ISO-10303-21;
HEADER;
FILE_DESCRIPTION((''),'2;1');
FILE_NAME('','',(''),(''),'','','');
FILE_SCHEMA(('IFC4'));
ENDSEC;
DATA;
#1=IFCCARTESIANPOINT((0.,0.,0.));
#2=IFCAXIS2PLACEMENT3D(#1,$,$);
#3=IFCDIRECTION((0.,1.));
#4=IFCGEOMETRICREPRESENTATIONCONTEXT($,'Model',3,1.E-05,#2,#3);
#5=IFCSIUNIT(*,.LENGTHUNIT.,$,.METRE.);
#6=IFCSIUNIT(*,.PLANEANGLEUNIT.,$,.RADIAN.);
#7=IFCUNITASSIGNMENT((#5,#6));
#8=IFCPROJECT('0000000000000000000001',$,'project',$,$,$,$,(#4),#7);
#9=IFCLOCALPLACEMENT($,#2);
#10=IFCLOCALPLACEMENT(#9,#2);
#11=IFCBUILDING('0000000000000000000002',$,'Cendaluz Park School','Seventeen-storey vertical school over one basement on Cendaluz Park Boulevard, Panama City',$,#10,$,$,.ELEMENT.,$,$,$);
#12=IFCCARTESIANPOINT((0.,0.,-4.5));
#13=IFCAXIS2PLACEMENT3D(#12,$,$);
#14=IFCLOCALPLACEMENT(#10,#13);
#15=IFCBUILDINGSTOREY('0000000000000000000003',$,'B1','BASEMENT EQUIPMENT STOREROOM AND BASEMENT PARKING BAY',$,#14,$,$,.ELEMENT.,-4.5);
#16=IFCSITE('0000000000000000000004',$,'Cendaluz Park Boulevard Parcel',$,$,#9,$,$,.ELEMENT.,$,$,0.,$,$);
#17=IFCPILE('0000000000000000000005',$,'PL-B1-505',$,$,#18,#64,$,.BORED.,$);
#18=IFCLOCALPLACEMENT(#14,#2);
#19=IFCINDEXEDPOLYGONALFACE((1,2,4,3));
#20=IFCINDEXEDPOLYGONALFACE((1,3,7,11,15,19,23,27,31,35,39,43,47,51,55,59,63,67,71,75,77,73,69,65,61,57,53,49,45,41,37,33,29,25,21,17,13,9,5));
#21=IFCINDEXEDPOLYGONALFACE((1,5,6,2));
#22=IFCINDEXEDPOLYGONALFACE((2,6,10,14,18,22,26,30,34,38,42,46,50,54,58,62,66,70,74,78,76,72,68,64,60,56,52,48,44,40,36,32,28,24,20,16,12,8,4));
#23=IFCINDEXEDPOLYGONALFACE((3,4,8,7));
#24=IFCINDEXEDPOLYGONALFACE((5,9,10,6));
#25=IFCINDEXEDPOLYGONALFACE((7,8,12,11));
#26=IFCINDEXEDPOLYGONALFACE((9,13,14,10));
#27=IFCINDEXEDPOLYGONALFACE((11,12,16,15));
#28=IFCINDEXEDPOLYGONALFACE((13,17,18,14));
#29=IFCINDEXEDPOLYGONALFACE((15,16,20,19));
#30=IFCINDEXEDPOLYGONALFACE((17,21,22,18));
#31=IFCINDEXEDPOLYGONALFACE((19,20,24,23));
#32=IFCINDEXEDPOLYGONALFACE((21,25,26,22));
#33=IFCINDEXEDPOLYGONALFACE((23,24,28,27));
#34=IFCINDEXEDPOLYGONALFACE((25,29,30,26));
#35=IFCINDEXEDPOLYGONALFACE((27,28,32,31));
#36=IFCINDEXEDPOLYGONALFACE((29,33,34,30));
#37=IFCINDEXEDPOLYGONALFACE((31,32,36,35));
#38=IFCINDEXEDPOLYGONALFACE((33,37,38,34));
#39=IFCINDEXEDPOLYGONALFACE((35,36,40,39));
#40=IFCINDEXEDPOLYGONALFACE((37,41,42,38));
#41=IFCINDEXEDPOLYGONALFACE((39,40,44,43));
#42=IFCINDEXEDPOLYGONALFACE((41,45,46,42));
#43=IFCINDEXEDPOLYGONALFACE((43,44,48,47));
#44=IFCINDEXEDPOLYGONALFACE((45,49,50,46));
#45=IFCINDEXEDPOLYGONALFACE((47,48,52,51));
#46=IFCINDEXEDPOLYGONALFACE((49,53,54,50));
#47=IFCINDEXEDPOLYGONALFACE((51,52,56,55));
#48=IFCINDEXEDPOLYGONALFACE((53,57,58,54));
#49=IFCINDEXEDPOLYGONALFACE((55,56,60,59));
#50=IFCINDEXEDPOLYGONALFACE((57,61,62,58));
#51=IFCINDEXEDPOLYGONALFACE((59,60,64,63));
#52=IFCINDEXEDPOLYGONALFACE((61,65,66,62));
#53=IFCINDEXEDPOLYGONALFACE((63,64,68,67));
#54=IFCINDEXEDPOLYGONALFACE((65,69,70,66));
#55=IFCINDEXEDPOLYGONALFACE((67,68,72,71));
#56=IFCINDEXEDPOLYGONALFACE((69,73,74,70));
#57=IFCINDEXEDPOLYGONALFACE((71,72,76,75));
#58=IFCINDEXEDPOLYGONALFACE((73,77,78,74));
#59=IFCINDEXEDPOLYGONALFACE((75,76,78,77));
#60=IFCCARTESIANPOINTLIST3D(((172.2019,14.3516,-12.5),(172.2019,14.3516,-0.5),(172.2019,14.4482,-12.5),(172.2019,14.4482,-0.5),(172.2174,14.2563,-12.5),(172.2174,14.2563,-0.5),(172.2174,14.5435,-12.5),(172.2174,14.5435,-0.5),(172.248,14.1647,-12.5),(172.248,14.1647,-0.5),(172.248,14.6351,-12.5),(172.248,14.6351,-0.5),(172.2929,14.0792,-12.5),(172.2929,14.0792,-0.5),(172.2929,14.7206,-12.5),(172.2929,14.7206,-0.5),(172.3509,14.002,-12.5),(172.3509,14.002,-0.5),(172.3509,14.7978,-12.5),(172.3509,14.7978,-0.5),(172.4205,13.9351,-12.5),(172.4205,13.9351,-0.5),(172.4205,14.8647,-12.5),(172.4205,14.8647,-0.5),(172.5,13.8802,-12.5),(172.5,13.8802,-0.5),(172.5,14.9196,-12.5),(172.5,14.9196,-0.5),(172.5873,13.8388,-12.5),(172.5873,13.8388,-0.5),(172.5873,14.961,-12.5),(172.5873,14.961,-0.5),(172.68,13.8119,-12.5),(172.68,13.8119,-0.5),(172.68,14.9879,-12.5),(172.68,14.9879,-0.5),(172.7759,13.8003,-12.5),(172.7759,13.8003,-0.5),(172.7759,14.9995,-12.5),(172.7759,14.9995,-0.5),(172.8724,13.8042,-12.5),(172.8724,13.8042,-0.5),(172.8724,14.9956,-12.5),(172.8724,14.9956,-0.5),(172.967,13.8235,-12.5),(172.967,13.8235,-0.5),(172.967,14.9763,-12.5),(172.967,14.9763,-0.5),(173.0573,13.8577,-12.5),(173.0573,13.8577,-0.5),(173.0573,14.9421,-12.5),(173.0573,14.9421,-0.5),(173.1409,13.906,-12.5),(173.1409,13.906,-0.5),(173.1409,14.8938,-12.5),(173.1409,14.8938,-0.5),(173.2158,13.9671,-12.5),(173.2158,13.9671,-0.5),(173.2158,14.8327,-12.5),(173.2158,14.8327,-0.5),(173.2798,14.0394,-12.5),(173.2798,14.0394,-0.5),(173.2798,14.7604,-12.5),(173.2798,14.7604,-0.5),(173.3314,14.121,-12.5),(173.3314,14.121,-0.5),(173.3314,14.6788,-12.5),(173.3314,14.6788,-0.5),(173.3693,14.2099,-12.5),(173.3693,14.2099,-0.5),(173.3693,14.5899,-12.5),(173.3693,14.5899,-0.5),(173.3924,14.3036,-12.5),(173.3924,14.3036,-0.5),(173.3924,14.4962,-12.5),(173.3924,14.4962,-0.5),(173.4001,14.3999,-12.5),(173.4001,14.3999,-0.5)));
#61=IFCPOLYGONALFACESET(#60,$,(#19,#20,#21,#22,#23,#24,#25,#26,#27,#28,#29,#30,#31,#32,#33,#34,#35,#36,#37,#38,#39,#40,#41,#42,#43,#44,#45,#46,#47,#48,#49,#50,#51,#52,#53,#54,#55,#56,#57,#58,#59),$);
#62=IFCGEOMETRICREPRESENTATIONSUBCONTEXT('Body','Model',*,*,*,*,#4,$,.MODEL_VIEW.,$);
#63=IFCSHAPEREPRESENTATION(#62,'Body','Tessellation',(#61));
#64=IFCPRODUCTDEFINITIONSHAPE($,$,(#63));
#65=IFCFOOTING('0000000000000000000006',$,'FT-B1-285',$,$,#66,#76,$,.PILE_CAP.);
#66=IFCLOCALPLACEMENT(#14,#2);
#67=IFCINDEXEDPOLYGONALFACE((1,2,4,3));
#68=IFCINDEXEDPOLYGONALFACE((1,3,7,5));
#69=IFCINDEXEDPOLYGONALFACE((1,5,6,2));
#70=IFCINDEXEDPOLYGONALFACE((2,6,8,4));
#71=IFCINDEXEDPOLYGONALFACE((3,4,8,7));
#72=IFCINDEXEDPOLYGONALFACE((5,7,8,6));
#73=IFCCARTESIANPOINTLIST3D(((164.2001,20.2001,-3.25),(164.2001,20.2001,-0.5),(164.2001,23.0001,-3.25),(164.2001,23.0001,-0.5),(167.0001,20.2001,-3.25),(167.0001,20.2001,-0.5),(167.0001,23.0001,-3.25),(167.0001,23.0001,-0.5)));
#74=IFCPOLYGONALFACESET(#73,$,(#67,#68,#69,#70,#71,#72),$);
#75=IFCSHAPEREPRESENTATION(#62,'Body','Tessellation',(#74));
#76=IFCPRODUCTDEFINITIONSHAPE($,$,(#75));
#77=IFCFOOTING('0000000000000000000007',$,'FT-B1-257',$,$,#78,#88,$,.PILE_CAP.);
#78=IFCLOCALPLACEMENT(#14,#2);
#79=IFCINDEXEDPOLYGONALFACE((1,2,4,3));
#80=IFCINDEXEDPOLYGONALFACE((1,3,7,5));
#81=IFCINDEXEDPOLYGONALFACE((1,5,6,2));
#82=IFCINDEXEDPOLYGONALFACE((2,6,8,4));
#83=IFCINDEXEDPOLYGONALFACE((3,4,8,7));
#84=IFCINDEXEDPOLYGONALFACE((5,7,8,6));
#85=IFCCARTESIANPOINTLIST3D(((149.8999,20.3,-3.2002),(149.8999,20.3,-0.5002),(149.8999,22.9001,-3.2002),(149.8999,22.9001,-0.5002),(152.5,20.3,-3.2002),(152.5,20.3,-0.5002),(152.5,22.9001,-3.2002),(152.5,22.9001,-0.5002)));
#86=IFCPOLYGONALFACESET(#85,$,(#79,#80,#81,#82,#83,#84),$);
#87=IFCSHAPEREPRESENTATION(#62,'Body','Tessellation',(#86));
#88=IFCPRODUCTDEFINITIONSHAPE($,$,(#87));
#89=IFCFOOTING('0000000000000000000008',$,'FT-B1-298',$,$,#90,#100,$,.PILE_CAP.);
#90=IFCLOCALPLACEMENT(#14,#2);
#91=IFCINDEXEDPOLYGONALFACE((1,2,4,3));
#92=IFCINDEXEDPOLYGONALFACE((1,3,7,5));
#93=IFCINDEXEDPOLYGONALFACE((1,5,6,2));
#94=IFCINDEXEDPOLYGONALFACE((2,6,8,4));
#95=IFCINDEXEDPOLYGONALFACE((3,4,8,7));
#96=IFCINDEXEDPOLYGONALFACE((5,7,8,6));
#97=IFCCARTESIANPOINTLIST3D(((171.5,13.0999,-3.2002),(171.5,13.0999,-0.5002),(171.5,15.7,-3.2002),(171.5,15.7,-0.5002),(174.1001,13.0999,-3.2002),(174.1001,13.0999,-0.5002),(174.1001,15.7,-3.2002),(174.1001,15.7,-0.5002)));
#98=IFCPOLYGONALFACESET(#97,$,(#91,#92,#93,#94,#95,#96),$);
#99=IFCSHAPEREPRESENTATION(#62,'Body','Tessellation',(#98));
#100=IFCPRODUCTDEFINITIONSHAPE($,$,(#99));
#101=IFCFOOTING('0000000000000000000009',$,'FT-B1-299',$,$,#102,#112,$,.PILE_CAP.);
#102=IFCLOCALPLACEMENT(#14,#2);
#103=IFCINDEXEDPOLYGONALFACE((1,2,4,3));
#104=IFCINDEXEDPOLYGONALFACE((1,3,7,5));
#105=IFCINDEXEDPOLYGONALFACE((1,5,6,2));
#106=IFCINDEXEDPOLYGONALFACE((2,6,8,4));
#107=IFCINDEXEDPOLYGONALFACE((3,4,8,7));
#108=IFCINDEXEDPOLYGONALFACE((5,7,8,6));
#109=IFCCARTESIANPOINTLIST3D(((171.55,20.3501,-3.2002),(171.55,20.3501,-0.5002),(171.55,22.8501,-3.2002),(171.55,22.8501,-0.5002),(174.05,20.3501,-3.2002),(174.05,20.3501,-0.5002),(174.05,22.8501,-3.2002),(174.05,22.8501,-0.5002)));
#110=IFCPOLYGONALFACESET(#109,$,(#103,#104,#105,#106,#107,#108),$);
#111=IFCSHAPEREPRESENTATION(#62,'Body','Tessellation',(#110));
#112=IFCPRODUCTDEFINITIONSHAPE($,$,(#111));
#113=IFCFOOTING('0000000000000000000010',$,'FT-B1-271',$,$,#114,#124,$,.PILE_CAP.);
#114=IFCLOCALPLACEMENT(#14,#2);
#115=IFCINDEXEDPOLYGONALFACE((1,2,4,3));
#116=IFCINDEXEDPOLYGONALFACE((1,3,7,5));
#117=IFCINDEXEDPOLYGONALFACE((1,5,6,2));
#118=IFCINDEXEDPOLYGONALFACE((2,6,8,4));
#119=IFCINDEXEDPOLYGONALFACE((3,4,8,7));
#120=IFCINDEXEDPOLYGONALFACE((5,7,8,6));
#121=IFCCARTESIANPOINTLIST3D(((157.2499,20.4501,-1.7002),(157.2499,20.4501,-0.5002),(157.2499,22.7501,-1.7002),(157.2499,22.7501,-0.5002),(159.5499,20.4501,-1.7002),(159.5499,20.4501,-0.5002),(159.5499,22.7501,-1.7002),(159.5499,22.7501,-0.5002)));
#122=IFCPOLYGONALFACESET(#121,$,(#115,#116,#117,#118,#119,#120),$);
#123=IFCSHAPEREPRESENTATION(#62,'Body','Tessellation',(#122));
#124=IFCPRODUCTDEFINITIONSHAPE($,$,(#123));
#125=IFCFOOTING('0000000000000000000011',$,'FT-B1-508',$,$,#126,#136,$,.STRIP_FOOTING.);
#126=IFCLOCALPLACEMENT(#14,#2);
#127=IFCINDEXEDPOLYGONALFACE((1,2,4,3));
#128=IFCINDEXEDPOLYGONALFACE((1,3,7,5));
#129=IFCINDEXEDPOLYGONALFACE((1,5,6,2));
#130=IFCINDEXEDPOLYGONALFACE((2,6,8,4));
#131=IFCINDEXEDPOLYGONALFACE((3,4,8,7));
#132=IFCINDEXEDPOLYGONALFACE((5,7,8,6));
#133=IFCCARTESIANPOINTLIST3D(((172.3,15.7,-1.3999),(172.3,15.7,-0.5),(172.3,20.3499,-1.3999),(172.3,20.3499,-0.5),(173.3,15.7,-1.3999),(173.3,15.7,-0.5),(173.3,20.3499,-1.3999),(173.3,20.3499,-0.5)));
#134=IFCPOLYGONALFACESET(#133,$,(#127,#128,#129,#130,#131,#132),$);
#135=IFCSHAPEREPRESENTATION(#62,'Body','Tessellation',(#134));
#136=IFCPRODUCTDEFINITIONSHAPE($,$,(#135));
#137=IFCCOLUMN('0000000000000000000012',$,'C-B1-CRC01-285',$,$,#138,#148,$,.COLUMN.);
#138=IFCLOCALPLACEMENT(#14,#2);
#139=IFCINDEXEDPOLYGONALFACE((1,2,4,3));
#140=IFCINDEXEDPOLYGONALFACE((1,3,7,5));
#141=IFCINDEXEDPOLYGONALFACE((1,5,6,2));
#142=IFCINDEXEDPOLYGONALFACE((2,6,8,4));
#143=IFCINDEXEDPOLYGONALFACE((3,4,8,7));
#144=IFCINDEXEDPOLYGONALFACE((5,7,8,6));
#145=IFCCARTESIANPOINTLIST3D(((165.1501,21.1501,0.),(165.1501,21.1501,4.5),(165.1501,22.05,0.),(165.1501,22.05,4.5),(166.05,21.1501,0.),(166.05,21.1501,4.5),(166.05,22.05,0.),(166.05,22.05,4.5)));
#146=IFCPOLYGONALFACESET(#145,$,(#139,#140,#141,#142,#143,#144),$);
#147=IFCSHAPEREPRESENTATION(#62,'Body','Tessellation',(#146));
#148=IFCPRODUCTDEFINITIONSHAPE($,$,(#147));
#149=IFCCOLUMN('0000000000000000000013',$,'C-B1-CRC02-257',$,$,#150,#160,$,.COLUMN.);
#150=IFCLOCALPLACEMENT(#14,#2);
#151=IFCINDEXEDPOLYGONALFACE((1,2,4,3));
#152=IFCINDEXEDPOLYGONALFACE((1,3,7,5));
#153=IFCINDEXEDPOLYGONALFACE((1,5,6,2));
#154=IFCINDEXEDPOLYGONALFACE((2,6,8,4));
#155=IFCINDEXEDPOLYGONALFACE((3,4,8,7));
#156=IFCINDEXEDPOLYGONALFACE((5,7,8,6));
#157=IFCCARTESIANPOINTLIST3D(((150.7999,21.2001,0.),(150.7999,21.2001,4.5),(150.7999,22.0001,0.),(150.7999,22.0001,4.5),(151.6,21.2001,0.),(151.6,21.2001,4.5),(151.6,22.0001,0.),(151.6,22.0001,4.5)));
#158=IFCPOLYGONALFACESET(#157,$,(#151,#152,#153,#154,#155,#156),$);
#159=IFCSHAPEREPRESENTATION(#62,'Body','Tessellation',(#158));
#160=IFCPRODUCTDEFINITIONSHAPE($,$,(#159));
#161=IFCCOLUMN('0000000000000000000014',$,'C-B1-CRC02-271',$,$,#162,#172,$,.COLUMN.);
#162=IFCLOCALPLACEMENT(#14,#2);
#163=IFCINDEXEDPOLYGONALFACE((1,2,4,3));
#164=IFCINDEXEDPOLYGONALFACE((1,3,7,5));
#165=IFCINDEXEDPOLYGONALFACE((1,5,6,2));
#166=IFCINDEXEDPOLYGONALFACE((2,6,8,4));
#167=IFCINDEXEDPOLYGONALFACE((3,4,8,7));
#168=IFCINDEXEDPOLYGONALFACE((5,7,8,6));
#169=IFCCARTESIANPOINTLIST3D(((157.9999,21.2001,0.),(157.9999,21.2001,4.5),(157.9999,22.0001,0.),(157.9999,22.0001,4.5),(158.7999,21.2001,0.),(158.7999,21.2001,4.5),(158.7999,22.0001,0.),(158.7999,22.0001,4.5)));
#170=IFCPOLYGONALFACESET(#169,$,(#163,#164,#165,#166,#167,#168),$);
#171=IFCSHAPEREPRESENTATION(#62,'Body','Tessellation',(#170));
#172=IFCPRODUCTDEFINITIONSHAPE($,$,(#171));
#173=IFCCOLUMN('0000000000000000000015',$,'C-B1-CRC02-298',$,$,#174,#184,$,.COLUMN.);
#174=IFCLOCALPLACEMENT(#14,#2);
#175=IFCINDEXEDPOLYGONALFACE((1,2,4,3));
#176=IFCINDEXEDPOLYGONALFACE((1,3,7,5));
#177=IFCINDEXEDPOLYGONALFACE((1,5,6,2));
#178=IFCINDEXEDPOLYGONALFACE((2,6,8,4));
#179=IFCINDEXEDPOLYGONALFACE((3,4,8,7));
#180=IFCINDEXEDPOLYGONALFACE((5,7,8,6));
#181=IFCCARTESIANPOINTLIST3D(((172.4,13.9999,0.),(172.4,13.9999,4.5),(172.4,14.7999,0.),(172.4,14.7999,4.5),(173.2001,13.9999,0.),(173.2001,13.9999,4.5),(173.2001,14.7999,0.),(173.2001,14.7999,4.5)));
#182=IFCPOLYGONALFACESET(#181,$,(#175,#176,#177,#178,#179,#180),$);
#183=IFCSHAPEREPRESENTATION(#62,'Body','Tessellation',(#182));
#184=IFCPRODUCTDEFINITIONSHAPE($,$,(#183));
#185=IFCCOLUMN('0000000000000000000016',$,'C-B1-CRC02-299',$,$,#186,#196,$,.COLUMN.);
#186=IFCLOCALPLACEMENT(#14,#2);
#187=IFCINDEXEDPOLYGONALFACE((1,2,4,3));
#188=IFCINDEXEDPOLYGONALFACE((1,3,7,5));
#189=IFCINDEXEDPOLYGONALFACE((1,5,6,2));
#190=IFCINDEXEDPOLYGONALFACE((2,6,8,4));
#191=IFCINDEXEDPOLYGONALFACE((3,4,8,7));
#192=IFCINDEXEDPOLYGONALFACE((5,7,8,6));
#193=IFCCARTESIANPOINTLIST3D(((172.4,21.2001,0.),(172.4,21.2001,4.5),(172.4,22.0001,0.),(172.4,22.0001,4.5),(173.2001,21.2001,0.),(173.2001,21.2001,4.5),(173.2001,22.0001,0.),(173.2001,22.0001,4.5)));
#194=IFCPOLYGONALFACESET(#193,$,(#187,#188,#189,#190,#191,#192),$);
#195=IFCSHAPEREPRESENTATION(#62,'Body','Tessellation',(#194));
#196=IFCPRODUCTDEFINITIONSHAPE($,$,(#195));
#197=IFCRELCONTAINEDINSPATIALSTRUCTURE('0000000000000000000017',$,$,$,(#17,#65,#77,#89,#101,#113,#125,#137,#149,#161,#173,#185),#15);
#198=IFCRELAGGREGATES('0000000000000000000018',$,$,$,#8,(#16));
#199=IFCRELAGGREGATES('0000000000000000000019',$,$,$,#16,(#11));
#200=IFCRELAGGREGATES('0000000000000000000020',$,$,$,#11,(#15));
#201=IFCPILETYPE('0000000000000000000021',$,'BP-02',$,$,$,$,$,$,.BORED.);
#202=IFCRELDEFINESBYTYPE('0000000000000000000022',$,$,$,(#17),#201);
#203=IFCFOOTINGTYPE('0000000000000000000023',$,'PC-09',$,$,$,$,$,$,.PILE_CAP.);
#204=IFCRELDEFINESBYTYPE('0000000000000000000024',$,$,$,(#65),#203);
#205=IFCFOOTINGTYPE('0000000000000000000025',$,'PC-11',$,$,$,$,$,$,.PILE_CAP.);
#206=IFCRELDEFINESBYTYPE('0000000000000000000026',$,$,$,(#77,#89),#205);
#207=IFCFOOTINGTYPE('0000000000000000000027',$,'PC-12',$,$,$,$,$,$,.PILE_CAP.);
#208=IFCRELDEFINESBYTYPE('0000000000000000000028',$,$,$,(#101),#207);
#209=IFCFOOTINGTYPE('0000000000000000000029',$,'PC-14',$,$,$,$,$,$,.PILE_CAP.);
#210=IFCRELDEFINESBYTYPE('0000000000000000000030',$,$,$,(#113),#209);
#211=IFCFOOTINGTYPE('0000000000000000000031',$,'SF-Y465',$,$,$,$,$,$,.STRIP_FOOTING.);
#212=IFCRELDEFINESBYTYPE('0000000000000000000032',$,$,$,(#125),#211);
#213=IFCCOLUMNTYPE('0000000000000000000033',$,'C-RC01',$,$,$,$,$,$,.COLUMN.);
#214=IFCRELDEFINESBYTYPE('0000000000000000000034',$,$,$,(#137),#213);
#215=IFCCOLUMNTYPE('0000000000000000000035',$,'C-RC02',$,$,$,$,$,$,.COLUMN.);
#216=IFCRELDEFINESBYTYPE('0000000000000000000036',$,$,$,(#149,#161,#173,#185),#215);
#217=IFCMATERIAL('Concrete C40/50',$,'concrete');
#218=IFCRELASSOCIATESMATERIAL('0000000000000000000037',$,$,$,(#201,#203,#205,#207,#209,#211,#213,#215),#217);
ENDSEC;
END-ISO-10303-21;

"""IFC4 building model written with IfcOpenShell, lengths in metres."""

from ifc_helpers import new_model, si_unit, direction, frame, origin, origin_2d, place, context, subcontext, project, spatial, rectangle, circle, extrude, material, material_profile, profile_set, type_object, element, save


model = new_model("IFC4")

# Units and contexts
model_context = context("Model", 3, precision=1e-05, world=origin(), true_north=direction((0.0, 1.0)))
body_context = subcontext(model_context, "Body", "Model", "MODEL_VIEW")
ifc_project = project(units=[si_unit("LENGTHUNIT", "METRE"), si_unit("PLANEANGLEUNIT", "RADIAN")], contexts=[model_context])

# Site, building, storey
site_placement = place(None, origin())
site = spatial("IfcSite", under=ifc_project, at=site_placement, Name="Cendaluz Park Boulevard Parcel", CompositionType="ELEMENT", RefElevation=0.0)
building_placement = place(site_placement, origin())
building = spatial("IfcBuilding", under=site, at=building_placement, Name="Cendaluz Park School", Description="Seventeen-storey vertical school over one basement on Cendaluz Park Boulevard, Panama City", CompositionType="ELEMENT")
storey_placement = place(building_placement, frame((0.0, 0.0, -4.5)))
storey = spatial("IfcBuildingStorey", under=building, at=storey_placement, Name="B1", Description="BASEMENT EQUIPMENT STOREROOM AND BASEMENT PARKING BAY", CompositionType="ELEMENT", Elevation=-4.5)

# Pile
ifc_material_1 = material(Name="Concrete C40/50", Category="concrete")
ifc_material_profile_1 = material_profile(ifc_material_1, circle(Radius=0.6001, at=origin_2d()), Name="BP D1200", Category="concrete")
ifc_profile_set_1 = profile_set([ifc_material_profile_1], Name="Concrete C40/50")
pile_type_1 = type_object("IfcPileType", Name="BP-02", PredefinedType="BORED", material=ifc_profile_set_1)
for number, where, z_axis, x_axis, name in (
    (1, (172.8, 14.3999, -0.5), (0.0, 0.0, -1.0), (1.0, 0.0, 0.0), "PL-B1-505"),
):
    element("IfcPile", number, at=place(storey_placement, frame(where, z_axis=z_axis, x_axis=x_axis)), inside=storey, type_object=pile_type_1, Name=name, PredefinedType="BORED", context=body_context, shape_type="SweptSolid", body=[
        extrude(circle(Radius=0.6001, at=origin_2d()), origin(), (0.0, 0.0, 1.0), 12.0),
    ])

# Footings
footing_type_1 = type_object("IfcFootingType", Name="PC-09", PredefinedType="PILE_CAP", material=ifc_material_1)
footing_1_placement = place(storey_placement, frame((165.6001, 21.6001, -3.25), z_axis=(0.0, 0.0, 1.0), x_axis=(1.0, 0.0, 0.0)))
element("IfcFooting", 2, at=footing_1_placement, inside=storey, type_object=footing_type_1, Name="FT-B1-285", PredefinedType="PILE_CAP", context=body_context, shape_type="SweptSolid", body=[
    extrude(rectangle(XDim=2.8, YDim=2.8, at=origin_2d()), origin(), (0.0, 0.0, 1.0), 2.75),
])
footing_type_2 = type_object("IfcFootingType", Name="PC-11", PredefinedType="PILE_CAP", material=ifc_material_1)
for number, where, z_axis, x_axis, name in (
    (3, (151.2, 21.6001, -3.2002), (0.0, 0.0, 1.0), (1.0, 0.0, 0.0), "FT-B1-257"),
    (4, (172.8, 14.3999, -3.2002), (0.0, 0.0, 1.0), (1.0, 0.0, 0.0), "FT-B1-298"),
):
    element("IfcFooting", number, at=place(storey_placement, frame(where, z_axis=z_axis, x_axis=x_axis)), inside=storey, type_object=footing_type_2, Name=name, PredefinedType="PILE_CAP", context=body_context, shape_type="SweptSolid", body=[
        extrude(rectangle(XDim=2.6001, YDim=2.6001, at=origin_2d()), origin(), (0.0, 0.0, 1.0), 2.7),
    ])
footing_type_3 = type_object("IfcFootingType", Name="PC-12", PredefinedType="PILE_CAP", material=ifc_material_1)
footing_2_placement = place(storey_placement, frame((172.8, 21.6001, -3.2002), z_axis=(0.0, 0.0, 1.0), x_axis=(1.0, 0.0, 0.0)))
element("IfcFooting", 5, at=footing_2_placement, inside=storey, type_object=footing_type_3, Name="FT-B1-299", PredefinedType="PILE_CAP", context=body_context, shape_type="SweptSolid", body=[
    extrude(rectangle(XDim=2.5, YDim=2.5, at=origin_2d()), origin(), (0.0, 0.0, 1.0), 2.7),
])
footing_type_4 = type_object("IfcFootingType", Name="PC-14", PredefinedType="PILE_CAP", material=ifc_material_1)
footing_3_placement = place(storey_placement, frame((158.3999, 21.6001, -1.7002), z_axis=(0.0, 0.0, 1.0), x_axis=(1.0, 0.0, 0.0)))
element("IfcFooting", 6, at=footing_3_placement, inside=storey, type_object=footing_type_4, Name="FT-B1-271", PredefinedType="PILE_CAP", context=body_context, shape_type="SweptSolid", body=[
    extrude(rectangle(XDim=2.3, YDim=2.3, at=origin_2d()), origin(), (0.0, 0.0, 1.0), 1.2),
])
footing_type_5 = type_object("IfcFootingType", Name="SF-Y465", PredefinedType="STRIP_FOOTING", material=ifc_material_1)
footing_4_placement = place(storey_placement, frame((172.8, 18.0249, -1.3999), z_axis=(0.0, 0.0, 1.0), x_axis=(1.0, 0.0, 0.0)))
element("IfcFooting", 7, at=footing_4_placement, inside=storey, type_object=footing_type_5, Name="FT-B1-508", PredefinedType="STRIP_FOOTING", context=body_context, shape_type="SweptSolid", body=[
    extrude(rectangle(XDim=1.0, YDim=4.6499, at=origin_2d()), origin(), (0.0, 0.0, 1.0), 0.8999),
])

# Columns
ifc_material_profile_2 = material_profile(ifc_material_1, rectangle(XDim=0.8999, YDim=0.8999, at=origin_2d()), Name="RC 900x900", Category="concrete")
ifc_profile_set_2 = profile_set([ifc_material_profile_2], Name="Concrete C40/50")
column_type_1 = type_object("IfcColumnType", Name="C-RC01", PredefinedType="COLUMN", material=ifc_profile_set_2)
column_placement = place(storey_placement, frame((165.6001, 21.6001, 0.0), z_axis=(0.0, 0.0, 1.0), x_axis=(1.0, 0.0, 0.0)))
element("IfcColumn", 8, at=column_placement, inside=storey, type_object=column_type_1, Name="C-B1-CRC01-285", PredefinedType="COLUMN", context=body_context, shape_type="SweptSolid", body=[
    extrude(rectangle(XDim=0.8999, YDim=0.8999, at=origin_2d()), origin(), (0.0, 0.0, 1.0), 4.5),
])
ifc_material_profile_3 = material_profile(ifc_material_1, rectangle(XDim=0.8, YDim=0.8, at=origin_2d()), Name="RC 800x800", Category="concrete")
ifc_profile_set_3 = profile_set([ifc_material_profile_3], Name="Concrete C40/50")
column_type_2 = type_object("IfcColumnType", Name="C-RC02", PredefinedType="COLUMN", material=ifc_profile_set_3)
for number, where, z_axis, x_axis, name in (
    (9, (151.2, 21.6001, 0.0), (0.0, 0.0, 1.0), (1.0, 0.0, 0.0), "C-B1-CRC02-257"),
    (10, (158.3999, 21.6001, 0.0), (0.0, 0.0, 1.0), (1.0, 0.0, 0.0), "C-B1-CRC02-271"),
    (11, (172.8, 14.3999, 0.0), (0.0, 0.0, 1.0), (1.0, 0.0, 0.0), "C-B1-CRC02-298"),
    (12, (172.8, 21.6001, 0.0), (0.0, 0.0, 1.0), (1.0, 0.0, 0.0), "C-B1-CRC02-299"),
):
    element("IfcColumn", number, at=place(storey_placement, frame(where, z_axis=z_axis, x_axis=x_axis)), inside=storey, type_object=column_type_2, Name=name, PredefinedType="COLUMN", context=body_context, shape_type="SweptSolid", body=[
        extrude(rectangle(XDim=0.8, YDim=0.8, at=origin_2d()), origin(), (0.0, 0.0, 1.0), 4.5),
    ])

save(model, "model.ifc")
